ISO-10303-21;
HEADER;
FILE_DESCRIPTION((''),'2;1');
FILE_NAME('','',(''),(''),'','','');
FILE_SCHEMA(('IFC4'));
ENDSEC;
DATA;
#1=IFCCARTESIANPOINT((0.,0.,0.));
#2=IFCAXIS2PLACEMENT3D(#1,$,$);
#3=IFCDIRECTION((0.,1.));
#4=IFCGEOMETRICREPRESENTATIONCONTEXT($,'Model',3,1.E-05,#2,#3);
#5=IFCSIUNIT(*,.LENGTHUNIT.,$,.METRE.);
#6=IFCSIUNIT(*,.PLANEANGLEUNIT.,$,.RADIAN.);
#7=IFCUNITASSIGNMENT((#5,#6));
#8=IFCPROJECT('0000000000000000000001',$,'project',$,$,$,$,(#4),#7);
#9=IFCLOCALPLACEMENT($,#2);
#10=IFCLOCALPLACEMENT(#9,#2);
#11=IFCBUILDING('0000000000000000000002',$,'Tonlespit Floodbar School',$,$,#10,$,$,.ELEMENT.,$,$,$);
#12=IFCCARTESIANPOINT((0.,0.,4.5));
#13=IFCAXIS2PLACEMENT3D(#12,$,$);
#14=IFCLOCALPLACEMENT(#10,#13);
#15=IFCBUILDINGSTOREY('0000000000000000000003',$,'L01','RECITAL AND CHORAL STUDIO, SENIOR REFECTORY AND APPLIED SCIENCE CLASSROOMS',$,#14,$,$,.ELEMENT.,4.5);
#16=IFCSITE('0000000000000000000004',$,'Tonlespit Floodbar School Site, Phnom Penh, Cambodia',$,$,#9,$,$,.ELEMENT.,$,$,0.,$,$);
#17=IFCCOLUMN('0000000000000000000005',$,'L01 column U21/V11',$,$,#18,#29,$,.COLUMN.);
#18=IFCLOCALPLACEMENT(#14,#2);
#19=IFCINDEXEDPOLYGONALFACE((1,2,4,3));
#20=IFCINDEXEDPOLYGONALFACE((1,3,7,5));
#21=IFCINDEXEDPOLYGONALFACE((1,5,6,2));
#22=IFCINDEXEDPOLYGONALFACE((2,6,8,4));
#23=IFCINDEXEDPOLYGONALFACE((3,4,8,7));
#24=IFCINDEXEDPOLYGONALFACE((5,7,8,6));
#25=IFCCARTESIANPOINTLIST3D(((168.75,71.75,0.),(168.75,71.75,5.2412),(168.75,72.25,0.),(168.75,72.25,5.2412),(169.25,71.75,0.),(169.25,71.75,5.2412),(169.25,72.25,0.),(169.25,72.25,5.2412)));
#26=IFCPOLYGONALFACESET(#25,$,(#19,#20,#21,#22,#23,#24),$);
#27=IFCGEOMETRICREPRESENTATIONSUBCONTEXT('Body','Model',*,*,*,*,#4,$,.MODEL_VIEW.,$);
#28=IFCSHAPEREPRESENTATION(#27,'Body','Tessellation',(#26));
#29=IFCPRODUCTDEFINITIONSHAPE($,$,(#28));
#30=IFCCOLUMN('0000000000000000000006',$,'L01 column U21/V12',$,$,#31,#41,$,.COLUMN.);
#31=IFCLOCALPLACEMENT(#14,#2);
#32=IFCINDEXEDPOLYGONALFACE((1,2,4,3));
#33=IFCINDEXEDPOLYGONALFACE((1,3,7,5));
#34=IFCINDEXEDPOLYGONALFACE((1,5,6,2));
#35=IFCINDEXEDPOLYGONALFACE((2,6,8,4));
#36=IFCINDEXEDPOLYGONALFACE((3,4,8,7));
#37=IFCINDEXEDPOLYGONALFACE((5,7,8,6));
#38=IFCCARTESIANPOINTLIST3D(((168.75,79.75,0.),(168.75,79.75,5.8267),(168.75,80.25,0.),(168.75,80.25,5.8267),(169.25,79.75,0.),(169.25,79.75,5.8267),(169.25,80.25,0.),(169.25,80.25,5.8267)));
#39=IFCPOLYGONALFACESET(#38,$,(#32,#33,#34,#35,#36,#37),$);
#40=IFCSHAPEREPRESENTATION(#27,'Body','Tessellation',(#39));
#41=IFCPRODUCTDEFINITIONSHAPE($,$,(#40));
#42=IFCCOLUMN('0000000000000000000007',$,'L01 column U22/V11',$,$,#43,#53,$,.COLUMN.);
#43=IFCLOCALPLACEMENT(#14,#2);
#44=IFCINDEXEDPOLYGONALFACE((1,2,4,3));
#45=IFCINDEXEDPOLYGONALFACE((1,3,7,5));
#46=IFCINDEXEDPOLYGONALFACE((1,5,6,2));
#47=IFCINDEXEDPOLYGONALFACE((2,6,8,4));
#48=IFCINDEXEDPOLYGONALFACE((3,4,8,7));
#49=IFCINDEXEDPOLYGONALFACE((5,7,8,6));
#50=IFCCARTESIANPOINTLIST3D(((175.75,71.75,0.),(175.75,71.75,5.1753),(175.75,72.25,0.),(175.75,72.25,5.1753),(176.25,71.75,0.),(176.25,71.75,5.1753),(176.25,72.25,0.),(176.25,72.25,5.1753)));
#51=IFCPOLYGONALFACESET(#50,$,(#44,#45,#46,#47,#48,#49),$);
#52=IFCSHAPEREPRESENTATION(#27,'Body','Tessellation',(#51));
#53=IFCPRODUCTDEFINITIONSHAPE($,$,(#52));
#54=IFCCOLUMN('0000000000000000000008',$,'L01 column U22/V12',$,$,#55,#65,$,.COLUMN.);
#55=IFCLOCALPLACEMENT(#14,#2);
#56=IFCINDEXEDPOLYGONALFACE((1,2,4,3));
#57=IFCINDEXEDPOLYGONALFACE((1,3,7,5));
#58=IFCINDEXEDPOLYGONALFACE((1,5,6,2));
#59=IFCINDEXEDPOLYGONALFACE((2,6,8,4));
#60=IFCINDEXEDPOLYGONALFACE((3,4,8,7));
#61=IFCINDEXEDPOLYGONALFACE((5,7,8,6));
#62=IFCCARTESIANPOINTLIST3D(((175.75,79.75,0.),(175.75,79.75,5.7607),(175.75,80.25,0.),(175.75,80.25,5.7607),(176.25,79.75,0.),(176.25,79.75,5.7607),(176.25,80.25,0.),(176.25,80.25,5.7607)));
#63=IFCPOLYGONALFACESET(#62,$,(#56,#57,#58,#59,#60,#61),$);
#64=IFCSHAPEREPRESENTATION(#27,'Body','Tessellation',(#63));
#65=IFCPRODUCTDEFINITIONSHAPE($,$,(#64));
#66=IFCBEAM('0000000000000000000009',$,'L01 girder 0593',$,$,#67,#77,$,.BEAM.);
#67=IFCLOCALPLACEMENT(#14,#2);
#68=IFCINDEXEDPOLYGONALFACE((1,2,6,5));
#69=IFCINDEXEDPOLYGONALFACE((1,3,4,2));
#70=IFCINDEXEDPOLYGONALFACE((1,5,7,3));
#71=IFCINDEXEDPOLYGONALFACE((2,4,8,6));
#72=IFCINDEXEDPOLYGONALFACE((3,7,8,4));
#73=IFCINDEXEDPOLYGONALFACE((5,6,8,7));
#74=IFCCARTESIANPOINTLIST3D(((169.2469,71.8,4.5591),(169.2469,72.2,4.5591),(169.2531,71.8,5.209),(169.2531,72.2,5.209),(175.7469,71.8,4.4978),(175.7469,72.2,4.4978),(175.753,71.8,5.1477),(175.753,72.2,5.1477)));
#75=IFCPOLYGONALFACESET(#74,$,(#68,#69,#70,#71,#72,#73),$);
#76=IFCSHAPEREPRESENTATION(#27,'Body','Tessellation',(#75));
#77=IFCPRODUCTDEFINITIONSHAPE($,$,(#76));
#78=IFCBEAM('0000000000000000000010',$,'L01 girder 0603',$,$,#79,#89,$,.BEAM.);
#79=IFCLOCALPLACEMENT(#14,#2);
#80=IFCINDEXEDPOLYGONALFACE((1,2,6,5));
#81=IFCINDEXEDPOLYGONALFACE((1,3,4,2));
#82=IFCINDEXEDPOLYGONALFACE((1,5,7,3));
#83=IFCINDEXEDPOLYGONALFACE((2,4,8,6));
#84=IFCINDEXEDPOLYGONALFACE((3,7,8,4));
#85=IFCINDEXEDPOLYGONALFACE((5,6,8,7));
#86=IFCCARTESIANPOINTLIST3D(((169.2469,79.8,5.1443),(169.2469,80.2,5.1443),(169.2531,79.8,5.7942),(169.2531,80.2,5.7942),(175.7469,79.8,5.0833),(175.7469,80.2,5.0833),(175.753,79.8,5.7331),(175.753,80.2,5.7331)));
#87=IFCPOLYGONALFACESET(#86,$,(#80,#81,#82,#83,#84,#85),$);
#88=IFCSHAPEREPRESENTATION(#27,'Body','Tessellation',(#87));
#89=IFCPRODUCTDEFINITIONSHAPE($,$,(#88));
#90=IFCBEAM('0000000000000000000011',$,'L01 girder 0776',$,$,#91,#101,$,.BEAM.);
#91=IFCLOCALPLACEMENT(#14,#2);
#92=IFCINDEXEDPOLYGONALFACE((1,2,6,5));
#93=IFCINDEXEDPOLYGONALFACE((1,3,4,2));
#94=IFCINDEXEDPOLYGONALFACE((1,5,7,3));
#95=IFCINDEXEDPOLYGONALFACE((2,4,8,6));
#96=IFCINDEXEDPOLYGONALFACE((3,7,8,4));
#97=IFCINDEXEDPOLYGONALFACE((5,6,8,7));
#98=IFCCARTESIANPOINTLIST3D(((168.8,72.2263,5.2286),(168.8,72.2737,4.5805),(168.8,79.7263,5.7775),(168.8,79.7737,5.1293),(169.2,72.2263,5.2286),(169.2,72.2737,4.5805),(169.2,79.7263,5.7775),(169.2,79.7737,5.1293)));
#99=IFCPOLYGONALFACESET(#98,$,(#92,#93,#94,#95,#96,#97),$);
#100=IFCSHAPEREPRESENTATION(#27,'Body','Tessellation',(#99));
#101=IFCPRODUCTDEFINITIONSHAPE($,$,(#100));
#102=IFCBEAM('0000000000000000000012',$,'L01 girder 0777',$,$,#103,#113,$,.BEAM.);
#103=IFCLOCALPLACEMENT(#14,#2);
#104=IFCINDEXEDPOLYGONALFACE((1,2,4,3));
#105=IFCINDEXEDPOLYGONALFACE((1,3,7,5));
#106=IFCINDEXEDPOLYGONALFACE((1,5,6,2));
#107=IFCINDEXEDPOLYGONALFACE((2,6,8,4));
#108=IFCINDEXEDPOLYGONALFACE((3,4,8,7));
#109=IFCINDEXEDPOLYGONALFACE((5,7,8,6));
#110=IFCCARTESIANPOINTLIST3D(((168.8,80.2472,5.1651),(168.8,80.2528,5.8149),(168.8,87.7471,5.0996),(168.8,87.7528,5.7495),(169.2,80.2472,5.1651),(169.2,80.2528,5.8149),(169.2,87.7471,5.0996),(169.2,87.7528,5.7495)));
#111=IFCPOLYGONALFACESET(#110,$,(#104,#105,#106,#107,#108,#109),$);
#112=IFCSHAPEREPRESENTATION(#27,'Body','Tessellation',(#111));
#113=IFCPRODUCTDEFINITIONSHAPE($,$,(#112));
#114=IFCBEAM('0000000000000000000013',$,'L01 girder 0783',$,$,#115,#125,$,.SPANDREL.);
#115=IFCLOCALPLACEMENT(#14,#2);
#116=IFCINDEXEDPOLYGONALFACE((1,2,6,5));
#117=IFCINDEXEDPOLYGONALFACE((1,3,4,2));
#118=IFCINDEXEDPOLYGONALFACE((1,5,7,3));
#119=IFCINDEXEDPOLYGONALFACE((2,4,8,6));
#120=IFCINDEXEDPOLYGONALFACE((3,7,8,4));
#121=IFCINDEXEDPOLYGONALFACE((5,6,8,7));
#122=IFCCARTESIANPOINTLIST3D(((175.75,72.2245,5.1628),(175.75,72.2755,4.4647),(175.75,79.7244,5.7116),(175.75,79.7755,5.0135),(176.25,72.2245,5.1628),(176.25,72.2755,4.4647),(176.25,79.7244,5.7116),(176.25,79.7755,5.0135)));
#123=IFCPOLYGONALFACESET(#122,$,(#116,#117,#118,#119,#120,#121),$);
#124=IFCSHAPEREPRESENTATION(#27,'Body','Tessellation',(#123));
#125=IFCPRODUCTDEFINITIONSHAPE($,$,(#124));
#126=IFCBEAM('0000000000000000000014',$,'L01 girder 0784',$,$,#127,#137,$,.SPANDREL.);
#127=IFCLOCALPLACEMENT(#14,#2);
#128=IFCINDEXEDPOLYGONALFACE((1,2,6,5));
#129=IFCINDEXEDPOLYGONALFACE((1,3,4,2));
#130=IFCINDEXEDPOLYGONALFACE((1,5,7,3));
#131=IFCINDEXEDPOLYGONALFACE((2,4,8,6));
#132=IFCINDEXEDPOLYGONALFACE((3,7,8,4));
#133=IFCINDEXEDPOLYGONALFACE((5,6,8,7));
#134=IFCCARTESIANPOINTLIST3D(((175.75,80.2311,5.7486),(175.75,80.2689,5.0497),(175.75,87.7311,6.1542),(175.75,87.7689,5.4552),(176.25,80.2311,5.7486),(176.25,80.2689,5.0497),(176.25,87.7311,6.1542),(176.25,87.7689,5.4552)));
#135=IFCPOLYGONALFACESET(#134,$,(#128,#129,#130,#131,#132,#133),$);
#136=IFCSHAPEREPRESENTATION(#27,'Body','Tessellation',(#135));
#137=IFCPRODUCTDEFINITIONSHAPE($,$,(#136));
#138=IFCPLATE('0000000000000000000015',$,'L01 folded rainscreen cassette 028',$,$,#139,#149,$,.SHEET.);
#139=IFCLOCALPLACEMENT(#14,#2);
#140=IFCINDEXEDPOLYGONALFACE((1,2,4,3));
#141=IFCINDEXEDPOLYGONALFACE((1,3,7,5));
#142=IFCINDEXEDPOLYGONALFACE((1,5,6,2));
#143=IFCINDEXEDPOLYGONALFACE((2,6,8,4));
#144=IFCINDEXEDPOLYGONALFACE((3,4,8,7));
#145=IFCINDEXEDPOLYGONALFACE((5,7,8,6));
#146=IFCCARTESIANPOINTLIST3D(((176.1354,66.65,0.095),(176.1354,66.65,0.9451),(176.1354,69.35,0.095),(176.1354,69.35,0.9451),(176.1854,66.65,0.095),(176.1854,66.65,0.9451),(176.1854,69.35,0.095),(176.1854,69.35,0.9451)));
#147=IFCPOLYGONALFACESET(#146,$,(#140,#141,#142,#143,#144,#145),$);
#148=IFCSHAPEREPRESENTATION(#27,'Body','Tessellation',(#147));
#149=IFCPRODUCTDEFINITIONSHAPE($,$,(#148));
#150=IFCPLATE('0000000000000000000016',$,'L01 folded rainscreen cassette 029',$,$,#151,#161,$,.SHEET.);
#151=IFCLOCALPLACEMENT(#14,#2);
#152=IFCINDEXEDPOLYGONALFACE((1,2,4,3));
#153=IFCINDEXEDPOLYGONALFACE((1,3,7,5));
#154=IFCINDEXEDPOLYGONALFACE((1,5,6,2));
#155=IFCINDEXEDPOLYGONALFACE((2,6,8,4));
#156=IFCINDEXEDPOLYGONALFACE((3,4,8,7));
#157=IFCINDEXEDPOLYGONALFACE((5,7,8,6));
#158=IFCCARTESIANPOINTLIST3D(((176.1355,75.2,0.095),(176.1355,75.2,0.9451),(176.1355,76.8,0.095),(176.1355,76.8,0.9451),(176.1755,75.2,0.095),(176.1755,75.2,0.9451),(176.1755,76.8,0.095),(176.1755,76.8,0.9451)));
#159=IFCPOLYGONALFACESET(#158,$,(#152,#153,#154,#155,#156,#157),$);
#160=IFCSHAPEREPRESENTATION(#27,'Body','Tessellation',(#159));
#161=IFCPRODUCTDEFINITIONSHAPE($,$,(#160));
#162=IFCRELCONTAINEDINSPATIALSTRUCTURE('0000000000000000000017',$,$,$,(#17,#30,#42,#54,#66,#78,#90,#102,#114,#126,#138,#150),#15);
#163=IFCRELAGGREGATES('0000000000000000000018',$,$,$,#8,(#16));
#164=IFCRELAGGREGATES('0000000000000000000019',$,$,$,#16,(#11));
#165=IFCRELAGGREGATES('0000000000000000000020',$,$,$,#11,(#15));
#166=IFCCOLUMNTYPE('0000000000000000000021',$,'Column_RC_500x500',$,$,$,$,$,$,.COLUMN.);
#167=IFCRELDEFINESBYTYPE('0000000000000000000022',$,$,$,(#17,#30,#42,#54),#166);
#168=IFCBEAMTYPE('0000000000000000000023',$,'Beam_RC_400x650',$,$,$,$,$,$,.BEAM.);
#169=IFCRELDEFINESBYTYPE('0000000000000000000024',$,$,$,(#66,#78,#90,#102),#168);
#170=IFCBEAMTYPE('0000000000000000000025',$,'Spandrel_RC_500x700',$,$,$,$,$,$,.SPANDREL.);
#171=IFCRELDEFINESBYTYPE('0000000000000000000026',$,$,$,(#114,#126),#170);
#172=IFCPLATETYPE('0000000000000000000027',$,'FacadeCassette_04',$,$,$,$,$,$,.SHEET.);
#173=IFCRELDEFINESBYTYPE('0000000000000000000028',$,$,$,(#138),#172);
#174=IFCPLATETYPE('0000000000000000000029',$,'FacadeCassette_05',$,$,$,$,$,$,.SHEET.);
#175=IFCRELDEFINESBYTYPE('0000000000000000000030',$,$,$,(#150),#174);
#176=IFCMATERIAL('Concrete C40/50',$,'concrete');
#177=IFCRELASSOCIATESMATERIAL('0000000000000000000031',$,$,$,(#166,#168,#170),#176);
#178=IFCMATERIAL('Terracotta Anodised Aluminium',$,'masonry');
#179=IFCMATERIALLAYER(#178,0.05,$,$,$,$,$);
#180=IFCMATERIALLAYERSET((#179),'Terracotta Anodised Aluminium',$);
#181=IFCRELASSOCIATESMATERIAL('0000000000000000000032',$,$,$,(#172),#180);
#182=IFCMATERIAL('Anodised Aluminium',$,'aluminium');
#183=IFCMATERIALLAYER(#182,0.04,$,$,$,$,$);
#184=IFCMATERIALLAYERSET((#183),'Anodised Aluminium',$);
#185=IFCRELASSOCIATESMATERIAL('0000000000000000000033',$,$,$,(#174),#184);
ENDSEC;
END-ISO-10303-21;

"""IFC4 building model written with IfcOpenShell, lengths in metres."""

from ifc_helpers import new_model, si_unit, direction, frame, origin, origin_2d, place, context, subcontext, project, spatial, rectangle, extrude, material, layer, layer_set, material_profile, profile_set, type_object, element, save


model = new_model("IFC4")

# Units and contexts
model_context = context("Model", 3, precision=1e-05, world=origin(), true_north=direction((0.0, 1.0)))
body_context = subcontext(model_context, "Body", "Model", "MODEL_VIEW")
ifc_project = project(units=[si_unit("LENGTHUNIT", "METRE"), si_unit("PLANEANGLEUNIT", "RADIAN")], contexts=[model_context])

# Site, building, storey
site_placement = place(None, origin())
site = spatial("IfcSite", under=ifc_project, at=site_placement, Name="Tonlespit Floodbar School Site, Phnom Penh, Cambodia", CompositionType="ELEMENT", RefElevation=0.0)
building_placement = place(site_placement, origin())
building = spatial("IfcBuilding", under=site, at=building_placement, Name="Tonlespit Floodbar School", CompositionType="ELEMENT")
storey_placement = place(building_placement, frame((0.0, 0.0, 4.5)))
storey = spatial("IfcBuildingStorey", under=building, at=storey_placement, Name="L01", Description="RECITAL AND CHORAL STUDIO, SENIOR REFECTORY AND APPLIED SCIENCE CLASSROOMS", CompositionType="ELEMENT", Elevation=4.5)

# Columns
ifc_material_1 = material(Name="Concrete C40/50", Category="concrete")
ifc_material_profile_1 = material_profile(ifc_material_1, rectangle(XDim=0.5, YDim=0.5, at=origin_2d()), Name="RC 500x500")
ifc_profile_set_1 = profile_set([ifc_material_profile_1], Name="Concrete C40/50")
column_type = type_object("IfcColumnType", Name="Column_RC_500x500", PredefinedType="COLUMN", material=ifc_profile_set_1)
column_1_placement = place(storey_placement, frame((169.0, 72.0, 0.0), z_axis=(0.0, 0.0, 1.0), x_axis=(1.0, 0.0, 0.0)))
element("IfcColumn", 1, at=column_1_placement, inside=storey, type_object=column_type, Name="L01 column U21/V11", PredefinedType="COLUMN", context=body_context, shape_type="SweptSolid", body=[
    extrude(rectangle(XDim=0.5, YDim=0.5, at=origin_2d()), origin(), (0.0, 0.0, 1.0), 5.2412),
])
column_2_placement = place(storey_placement, frame((169.0, 80.0, 0.0), z_axis=(0.0, 0.0, 1.0), x_axis=(1.0, 0.0, 0.0)))
element("IfcColumn", 2, at=column_2_placement, inside=storey, type_object=column_type, Name="L01 column U21/V12", PredefinedType="COLUMN", context=body_context, shape_type="SweptSolid", body=[
    extrude(rectangle(XDim=0.5, YDim=0.5, at=origin_2d()), origin(), (0.0, 0.0, 1.0), 5.8267),
])
column_3_placement = place(storey_placement, frame((176.0, 72.0, 0.0), z_axis=(0.0, 0.0, 1.0), x_axis=(1.0, 0.0, 0.0)))
element("IfcColumn", 3, at=column_3_placement, inside=storey, type_object=column_type, Name="L01 column U22/V11", PredefinedType="COLUMN", context=body_context, shape_type="SweptSolid", body=[
    extrude(rectangle(XDim=0.5, YDim=0.5, at=origin_2d()), origin(), (0.0, 0.0, 1.0), 5.1753),
])
column_4_placement = place(storey_placement, frame((176.0, 80.0, 0.0), z_axis=(0.0, 0.0, 1.0), x_axis=(1.0, 0.0, 0.0)))
element("IfcColumn", 4, at=column_4_placement, inside=storey, type_object=column_type, Name="L01 column U22/V12", PredefinedType="COLUMN", context=body_context, shape_type="SweptSolid", body=[
    extrude(rectangle(XDim=0.5, YDim=0.5, at=origin_2d()), origin(), (0.0, 0.0, 1.0), 5.7607),
])

# Beams
ifc_material_profile_2 = material_profile(ifc_material_1, rectangle(XDim=0.3999, YDim=0.6499, at=origin_2d()), Name="RC 400x650")
ifc_profile_set_2 = profile_set([ifc_material_profile_2], Name="Concrete C40/50")
beam_type_1 = type_object("IfcBeamType", Name="Beam_RC_400x650", PredefinedType="BEAM", material=ifc_profile_set_2)
for number, where, z_axis, x_axis, name in (
    (5, (169.25, 72.0, 4.884), (0.999956, 0.0, -0.009427), (0.0, 1.0, 0.0), "L01 girder 0593"),
    (6, (169.25, 80.0, 5.4692), (0.999956, 0.0, -0.00939), (0.0, 1.0, 0.0), "L01 girder 0603"),
):
    element("IfcBeam", number, at=place(storey_placement, frame(where, z_axis=z_axis, x_axis=x_axis)), inside=storey, type_object=beam_type_1, Name=name, PredefinedType="BEAM", context=body_context, shape_type="SweptSolid", body=[
        extrude(rectangle(XDim=0.3999, YDim=0.6499, at=origin_2d()), origin(), (0.0, 0.0, 1.0), 6.5002),
    ])
beam_1_placement = place(storey_placement, frame((169.0, 72.25, 4.9045), z_axis=(0.0, 0.997333, 0.072982), x_axis=(-1.0, 0.0, 0.0)))
element("IfcBeam", 7, at=beam_1_placement, inside=storey, type_object=beam_type_1, Name="L01 girder 0776", PredefinedType="BEAM", context=body_context, shape_type="SweptSolid", body=[
    extrude(rectangle(XDim=0.3999, YDim=0.6499, at=origin_2d()), origin(), (0.0, 0.0, 1.0), 7.52),
])
beam_2_placement = place(storey_placement, frame((169.0, 80.25, 5.49), z_axis=(0.0, 0.999962, -0.008724), x_axis=(-1.0, 0.0, 0.0)))
element("IfcBeam", 8, at=beam_2_placement, inside=storey, type_object=beam_type_1, Name="L01 girder 0777", PredefinedType="BEAM", context=body_context, shape_type="SweptSolid", body=[
    extrude(rectangle(XDim=0.3999, YDim=0.6499, at=origin_2d()), origin(), (0.0, 0.0, 1.0), 7.5002),
])
ifc_material_profile_3 = material_profile(ifc_material_1, rectangle(XDim=0.5, YDim=0.7, at=origin_2d()), Name="RC 500x700")
ifc_profile_set_3 = profile_set([ifc_material_profile_3], Name="Concrete C40/50")
beam_type_2 = type_object("IfcBeamType", Name="Spandrel_RC_500x700", PredefinedType="SPANDREL", material=ifc_profile_set_3)
beam_3_placement = place(storey_placement, frame((176.0, 72.25, 4.8137), z_axis=(0.0, 0.997333, 0.072982), x_axis=(-1.0, 0.0, 0.0)))
element("IfcBeam", 9, at=beam_3_placement, inside=storey, type_object=beam_type_2, Name="L01 girder 0783", PredefinedType="SPANDREL", context=body_context, shape_type="SweptSolid", body=[
    extrude(rectangle(XDim=0.5, YDim=0.7, at=origin_2d()), origin(), (0.0, 0.0, 1.0), 7.52),
])
beam_4_placement = place(storey_placement, frame((176.0, 80.25, 5.3992), z_axis=(0.0, 0.998541, 0.05399), x_axis=(-1.0, 0.0, 0.0)))
element("IfcBeam", 10, at=beam_4_placement, inside=storey, type_object=beam_type_2, Name="L01 girder 0784", PredefinedType="SPANDREL", context=body_context, shape_type="SweptSolid", body=[
    extrude(rectangle(XDim=0.5, YDim=0.7, at=origin_2d()), origin(), (0.0, 0.0, 1.0), 7.511),
])

# Plates
ifc_material_2 = material(Name="Terracotta Anodised Aluminium", Category="masonry")
ifc_layer_1 = layer(ifc_material_2, 0.05)
ifc_layer_set_1 = layer_set([ifc_layer_1], Name="Terracotta Anodised Aluminium")
plate_type_1 = type_object("IfcPlateType", Name="FacadeCassette_04", PredefinedType="SHEET", material=ifc_layer_set_1)
plate_1_placement = place(storey_placement, frame((176.1604, 68.0, 0.095), z_axis=(0.0, 0.0, 1.0), x_axis=(0.0, -1.0, 0.0)))
element("IfcPlate", 11, at=plate_1_placement, inside=storey, type_object=plate_type_1, Name="L01 folded rainscreen cassette 028", PredefinedType="SHEET", context=body_context, shape_type="SweptSolid", body=[
    extrude(rectangle(XDim=2.7, YDim=0.05, at=origin_2d()), origin(), (0.0, 0.0, 1.0), 0.8501),
])
ifc_material_3 = material(Name="Anodised Aluminium", Category="aluminium")
ifc_layer_2 = layer(ifc_material_3, 0.04)
ifc_layer_set_2 = layer_set([ifc_layer_2], Name="Anodised Aluminium")
plate_type_2 = type_object("IfcPlateType", Name="FacadeCassette_05", PredefinedType="SHEET", material=ifc_layer_set_2)
plate_2_placement = place(storey_placement, frame((176.1555, 76.0, 0.095), z_axis=(0.0, 0.0, 1.0), x_axis=(0.0, -1.0, 0.0)))
element("IfcPlate", 12, at=plate_2_placement, inside=storey, type_object=plate_type_2, Name="L01 folded rainscreen cassette 029", PredefinedType="SHEET", context=body_context, shape_type="SweptSolid", body=[
    extrude(rectangle(XDim=1.6001, YDim=0.04, at=origin_2d()), origin(), (0.0, 0.0, 1.0), 0.8501),
])

save(model, "model.ifc")
